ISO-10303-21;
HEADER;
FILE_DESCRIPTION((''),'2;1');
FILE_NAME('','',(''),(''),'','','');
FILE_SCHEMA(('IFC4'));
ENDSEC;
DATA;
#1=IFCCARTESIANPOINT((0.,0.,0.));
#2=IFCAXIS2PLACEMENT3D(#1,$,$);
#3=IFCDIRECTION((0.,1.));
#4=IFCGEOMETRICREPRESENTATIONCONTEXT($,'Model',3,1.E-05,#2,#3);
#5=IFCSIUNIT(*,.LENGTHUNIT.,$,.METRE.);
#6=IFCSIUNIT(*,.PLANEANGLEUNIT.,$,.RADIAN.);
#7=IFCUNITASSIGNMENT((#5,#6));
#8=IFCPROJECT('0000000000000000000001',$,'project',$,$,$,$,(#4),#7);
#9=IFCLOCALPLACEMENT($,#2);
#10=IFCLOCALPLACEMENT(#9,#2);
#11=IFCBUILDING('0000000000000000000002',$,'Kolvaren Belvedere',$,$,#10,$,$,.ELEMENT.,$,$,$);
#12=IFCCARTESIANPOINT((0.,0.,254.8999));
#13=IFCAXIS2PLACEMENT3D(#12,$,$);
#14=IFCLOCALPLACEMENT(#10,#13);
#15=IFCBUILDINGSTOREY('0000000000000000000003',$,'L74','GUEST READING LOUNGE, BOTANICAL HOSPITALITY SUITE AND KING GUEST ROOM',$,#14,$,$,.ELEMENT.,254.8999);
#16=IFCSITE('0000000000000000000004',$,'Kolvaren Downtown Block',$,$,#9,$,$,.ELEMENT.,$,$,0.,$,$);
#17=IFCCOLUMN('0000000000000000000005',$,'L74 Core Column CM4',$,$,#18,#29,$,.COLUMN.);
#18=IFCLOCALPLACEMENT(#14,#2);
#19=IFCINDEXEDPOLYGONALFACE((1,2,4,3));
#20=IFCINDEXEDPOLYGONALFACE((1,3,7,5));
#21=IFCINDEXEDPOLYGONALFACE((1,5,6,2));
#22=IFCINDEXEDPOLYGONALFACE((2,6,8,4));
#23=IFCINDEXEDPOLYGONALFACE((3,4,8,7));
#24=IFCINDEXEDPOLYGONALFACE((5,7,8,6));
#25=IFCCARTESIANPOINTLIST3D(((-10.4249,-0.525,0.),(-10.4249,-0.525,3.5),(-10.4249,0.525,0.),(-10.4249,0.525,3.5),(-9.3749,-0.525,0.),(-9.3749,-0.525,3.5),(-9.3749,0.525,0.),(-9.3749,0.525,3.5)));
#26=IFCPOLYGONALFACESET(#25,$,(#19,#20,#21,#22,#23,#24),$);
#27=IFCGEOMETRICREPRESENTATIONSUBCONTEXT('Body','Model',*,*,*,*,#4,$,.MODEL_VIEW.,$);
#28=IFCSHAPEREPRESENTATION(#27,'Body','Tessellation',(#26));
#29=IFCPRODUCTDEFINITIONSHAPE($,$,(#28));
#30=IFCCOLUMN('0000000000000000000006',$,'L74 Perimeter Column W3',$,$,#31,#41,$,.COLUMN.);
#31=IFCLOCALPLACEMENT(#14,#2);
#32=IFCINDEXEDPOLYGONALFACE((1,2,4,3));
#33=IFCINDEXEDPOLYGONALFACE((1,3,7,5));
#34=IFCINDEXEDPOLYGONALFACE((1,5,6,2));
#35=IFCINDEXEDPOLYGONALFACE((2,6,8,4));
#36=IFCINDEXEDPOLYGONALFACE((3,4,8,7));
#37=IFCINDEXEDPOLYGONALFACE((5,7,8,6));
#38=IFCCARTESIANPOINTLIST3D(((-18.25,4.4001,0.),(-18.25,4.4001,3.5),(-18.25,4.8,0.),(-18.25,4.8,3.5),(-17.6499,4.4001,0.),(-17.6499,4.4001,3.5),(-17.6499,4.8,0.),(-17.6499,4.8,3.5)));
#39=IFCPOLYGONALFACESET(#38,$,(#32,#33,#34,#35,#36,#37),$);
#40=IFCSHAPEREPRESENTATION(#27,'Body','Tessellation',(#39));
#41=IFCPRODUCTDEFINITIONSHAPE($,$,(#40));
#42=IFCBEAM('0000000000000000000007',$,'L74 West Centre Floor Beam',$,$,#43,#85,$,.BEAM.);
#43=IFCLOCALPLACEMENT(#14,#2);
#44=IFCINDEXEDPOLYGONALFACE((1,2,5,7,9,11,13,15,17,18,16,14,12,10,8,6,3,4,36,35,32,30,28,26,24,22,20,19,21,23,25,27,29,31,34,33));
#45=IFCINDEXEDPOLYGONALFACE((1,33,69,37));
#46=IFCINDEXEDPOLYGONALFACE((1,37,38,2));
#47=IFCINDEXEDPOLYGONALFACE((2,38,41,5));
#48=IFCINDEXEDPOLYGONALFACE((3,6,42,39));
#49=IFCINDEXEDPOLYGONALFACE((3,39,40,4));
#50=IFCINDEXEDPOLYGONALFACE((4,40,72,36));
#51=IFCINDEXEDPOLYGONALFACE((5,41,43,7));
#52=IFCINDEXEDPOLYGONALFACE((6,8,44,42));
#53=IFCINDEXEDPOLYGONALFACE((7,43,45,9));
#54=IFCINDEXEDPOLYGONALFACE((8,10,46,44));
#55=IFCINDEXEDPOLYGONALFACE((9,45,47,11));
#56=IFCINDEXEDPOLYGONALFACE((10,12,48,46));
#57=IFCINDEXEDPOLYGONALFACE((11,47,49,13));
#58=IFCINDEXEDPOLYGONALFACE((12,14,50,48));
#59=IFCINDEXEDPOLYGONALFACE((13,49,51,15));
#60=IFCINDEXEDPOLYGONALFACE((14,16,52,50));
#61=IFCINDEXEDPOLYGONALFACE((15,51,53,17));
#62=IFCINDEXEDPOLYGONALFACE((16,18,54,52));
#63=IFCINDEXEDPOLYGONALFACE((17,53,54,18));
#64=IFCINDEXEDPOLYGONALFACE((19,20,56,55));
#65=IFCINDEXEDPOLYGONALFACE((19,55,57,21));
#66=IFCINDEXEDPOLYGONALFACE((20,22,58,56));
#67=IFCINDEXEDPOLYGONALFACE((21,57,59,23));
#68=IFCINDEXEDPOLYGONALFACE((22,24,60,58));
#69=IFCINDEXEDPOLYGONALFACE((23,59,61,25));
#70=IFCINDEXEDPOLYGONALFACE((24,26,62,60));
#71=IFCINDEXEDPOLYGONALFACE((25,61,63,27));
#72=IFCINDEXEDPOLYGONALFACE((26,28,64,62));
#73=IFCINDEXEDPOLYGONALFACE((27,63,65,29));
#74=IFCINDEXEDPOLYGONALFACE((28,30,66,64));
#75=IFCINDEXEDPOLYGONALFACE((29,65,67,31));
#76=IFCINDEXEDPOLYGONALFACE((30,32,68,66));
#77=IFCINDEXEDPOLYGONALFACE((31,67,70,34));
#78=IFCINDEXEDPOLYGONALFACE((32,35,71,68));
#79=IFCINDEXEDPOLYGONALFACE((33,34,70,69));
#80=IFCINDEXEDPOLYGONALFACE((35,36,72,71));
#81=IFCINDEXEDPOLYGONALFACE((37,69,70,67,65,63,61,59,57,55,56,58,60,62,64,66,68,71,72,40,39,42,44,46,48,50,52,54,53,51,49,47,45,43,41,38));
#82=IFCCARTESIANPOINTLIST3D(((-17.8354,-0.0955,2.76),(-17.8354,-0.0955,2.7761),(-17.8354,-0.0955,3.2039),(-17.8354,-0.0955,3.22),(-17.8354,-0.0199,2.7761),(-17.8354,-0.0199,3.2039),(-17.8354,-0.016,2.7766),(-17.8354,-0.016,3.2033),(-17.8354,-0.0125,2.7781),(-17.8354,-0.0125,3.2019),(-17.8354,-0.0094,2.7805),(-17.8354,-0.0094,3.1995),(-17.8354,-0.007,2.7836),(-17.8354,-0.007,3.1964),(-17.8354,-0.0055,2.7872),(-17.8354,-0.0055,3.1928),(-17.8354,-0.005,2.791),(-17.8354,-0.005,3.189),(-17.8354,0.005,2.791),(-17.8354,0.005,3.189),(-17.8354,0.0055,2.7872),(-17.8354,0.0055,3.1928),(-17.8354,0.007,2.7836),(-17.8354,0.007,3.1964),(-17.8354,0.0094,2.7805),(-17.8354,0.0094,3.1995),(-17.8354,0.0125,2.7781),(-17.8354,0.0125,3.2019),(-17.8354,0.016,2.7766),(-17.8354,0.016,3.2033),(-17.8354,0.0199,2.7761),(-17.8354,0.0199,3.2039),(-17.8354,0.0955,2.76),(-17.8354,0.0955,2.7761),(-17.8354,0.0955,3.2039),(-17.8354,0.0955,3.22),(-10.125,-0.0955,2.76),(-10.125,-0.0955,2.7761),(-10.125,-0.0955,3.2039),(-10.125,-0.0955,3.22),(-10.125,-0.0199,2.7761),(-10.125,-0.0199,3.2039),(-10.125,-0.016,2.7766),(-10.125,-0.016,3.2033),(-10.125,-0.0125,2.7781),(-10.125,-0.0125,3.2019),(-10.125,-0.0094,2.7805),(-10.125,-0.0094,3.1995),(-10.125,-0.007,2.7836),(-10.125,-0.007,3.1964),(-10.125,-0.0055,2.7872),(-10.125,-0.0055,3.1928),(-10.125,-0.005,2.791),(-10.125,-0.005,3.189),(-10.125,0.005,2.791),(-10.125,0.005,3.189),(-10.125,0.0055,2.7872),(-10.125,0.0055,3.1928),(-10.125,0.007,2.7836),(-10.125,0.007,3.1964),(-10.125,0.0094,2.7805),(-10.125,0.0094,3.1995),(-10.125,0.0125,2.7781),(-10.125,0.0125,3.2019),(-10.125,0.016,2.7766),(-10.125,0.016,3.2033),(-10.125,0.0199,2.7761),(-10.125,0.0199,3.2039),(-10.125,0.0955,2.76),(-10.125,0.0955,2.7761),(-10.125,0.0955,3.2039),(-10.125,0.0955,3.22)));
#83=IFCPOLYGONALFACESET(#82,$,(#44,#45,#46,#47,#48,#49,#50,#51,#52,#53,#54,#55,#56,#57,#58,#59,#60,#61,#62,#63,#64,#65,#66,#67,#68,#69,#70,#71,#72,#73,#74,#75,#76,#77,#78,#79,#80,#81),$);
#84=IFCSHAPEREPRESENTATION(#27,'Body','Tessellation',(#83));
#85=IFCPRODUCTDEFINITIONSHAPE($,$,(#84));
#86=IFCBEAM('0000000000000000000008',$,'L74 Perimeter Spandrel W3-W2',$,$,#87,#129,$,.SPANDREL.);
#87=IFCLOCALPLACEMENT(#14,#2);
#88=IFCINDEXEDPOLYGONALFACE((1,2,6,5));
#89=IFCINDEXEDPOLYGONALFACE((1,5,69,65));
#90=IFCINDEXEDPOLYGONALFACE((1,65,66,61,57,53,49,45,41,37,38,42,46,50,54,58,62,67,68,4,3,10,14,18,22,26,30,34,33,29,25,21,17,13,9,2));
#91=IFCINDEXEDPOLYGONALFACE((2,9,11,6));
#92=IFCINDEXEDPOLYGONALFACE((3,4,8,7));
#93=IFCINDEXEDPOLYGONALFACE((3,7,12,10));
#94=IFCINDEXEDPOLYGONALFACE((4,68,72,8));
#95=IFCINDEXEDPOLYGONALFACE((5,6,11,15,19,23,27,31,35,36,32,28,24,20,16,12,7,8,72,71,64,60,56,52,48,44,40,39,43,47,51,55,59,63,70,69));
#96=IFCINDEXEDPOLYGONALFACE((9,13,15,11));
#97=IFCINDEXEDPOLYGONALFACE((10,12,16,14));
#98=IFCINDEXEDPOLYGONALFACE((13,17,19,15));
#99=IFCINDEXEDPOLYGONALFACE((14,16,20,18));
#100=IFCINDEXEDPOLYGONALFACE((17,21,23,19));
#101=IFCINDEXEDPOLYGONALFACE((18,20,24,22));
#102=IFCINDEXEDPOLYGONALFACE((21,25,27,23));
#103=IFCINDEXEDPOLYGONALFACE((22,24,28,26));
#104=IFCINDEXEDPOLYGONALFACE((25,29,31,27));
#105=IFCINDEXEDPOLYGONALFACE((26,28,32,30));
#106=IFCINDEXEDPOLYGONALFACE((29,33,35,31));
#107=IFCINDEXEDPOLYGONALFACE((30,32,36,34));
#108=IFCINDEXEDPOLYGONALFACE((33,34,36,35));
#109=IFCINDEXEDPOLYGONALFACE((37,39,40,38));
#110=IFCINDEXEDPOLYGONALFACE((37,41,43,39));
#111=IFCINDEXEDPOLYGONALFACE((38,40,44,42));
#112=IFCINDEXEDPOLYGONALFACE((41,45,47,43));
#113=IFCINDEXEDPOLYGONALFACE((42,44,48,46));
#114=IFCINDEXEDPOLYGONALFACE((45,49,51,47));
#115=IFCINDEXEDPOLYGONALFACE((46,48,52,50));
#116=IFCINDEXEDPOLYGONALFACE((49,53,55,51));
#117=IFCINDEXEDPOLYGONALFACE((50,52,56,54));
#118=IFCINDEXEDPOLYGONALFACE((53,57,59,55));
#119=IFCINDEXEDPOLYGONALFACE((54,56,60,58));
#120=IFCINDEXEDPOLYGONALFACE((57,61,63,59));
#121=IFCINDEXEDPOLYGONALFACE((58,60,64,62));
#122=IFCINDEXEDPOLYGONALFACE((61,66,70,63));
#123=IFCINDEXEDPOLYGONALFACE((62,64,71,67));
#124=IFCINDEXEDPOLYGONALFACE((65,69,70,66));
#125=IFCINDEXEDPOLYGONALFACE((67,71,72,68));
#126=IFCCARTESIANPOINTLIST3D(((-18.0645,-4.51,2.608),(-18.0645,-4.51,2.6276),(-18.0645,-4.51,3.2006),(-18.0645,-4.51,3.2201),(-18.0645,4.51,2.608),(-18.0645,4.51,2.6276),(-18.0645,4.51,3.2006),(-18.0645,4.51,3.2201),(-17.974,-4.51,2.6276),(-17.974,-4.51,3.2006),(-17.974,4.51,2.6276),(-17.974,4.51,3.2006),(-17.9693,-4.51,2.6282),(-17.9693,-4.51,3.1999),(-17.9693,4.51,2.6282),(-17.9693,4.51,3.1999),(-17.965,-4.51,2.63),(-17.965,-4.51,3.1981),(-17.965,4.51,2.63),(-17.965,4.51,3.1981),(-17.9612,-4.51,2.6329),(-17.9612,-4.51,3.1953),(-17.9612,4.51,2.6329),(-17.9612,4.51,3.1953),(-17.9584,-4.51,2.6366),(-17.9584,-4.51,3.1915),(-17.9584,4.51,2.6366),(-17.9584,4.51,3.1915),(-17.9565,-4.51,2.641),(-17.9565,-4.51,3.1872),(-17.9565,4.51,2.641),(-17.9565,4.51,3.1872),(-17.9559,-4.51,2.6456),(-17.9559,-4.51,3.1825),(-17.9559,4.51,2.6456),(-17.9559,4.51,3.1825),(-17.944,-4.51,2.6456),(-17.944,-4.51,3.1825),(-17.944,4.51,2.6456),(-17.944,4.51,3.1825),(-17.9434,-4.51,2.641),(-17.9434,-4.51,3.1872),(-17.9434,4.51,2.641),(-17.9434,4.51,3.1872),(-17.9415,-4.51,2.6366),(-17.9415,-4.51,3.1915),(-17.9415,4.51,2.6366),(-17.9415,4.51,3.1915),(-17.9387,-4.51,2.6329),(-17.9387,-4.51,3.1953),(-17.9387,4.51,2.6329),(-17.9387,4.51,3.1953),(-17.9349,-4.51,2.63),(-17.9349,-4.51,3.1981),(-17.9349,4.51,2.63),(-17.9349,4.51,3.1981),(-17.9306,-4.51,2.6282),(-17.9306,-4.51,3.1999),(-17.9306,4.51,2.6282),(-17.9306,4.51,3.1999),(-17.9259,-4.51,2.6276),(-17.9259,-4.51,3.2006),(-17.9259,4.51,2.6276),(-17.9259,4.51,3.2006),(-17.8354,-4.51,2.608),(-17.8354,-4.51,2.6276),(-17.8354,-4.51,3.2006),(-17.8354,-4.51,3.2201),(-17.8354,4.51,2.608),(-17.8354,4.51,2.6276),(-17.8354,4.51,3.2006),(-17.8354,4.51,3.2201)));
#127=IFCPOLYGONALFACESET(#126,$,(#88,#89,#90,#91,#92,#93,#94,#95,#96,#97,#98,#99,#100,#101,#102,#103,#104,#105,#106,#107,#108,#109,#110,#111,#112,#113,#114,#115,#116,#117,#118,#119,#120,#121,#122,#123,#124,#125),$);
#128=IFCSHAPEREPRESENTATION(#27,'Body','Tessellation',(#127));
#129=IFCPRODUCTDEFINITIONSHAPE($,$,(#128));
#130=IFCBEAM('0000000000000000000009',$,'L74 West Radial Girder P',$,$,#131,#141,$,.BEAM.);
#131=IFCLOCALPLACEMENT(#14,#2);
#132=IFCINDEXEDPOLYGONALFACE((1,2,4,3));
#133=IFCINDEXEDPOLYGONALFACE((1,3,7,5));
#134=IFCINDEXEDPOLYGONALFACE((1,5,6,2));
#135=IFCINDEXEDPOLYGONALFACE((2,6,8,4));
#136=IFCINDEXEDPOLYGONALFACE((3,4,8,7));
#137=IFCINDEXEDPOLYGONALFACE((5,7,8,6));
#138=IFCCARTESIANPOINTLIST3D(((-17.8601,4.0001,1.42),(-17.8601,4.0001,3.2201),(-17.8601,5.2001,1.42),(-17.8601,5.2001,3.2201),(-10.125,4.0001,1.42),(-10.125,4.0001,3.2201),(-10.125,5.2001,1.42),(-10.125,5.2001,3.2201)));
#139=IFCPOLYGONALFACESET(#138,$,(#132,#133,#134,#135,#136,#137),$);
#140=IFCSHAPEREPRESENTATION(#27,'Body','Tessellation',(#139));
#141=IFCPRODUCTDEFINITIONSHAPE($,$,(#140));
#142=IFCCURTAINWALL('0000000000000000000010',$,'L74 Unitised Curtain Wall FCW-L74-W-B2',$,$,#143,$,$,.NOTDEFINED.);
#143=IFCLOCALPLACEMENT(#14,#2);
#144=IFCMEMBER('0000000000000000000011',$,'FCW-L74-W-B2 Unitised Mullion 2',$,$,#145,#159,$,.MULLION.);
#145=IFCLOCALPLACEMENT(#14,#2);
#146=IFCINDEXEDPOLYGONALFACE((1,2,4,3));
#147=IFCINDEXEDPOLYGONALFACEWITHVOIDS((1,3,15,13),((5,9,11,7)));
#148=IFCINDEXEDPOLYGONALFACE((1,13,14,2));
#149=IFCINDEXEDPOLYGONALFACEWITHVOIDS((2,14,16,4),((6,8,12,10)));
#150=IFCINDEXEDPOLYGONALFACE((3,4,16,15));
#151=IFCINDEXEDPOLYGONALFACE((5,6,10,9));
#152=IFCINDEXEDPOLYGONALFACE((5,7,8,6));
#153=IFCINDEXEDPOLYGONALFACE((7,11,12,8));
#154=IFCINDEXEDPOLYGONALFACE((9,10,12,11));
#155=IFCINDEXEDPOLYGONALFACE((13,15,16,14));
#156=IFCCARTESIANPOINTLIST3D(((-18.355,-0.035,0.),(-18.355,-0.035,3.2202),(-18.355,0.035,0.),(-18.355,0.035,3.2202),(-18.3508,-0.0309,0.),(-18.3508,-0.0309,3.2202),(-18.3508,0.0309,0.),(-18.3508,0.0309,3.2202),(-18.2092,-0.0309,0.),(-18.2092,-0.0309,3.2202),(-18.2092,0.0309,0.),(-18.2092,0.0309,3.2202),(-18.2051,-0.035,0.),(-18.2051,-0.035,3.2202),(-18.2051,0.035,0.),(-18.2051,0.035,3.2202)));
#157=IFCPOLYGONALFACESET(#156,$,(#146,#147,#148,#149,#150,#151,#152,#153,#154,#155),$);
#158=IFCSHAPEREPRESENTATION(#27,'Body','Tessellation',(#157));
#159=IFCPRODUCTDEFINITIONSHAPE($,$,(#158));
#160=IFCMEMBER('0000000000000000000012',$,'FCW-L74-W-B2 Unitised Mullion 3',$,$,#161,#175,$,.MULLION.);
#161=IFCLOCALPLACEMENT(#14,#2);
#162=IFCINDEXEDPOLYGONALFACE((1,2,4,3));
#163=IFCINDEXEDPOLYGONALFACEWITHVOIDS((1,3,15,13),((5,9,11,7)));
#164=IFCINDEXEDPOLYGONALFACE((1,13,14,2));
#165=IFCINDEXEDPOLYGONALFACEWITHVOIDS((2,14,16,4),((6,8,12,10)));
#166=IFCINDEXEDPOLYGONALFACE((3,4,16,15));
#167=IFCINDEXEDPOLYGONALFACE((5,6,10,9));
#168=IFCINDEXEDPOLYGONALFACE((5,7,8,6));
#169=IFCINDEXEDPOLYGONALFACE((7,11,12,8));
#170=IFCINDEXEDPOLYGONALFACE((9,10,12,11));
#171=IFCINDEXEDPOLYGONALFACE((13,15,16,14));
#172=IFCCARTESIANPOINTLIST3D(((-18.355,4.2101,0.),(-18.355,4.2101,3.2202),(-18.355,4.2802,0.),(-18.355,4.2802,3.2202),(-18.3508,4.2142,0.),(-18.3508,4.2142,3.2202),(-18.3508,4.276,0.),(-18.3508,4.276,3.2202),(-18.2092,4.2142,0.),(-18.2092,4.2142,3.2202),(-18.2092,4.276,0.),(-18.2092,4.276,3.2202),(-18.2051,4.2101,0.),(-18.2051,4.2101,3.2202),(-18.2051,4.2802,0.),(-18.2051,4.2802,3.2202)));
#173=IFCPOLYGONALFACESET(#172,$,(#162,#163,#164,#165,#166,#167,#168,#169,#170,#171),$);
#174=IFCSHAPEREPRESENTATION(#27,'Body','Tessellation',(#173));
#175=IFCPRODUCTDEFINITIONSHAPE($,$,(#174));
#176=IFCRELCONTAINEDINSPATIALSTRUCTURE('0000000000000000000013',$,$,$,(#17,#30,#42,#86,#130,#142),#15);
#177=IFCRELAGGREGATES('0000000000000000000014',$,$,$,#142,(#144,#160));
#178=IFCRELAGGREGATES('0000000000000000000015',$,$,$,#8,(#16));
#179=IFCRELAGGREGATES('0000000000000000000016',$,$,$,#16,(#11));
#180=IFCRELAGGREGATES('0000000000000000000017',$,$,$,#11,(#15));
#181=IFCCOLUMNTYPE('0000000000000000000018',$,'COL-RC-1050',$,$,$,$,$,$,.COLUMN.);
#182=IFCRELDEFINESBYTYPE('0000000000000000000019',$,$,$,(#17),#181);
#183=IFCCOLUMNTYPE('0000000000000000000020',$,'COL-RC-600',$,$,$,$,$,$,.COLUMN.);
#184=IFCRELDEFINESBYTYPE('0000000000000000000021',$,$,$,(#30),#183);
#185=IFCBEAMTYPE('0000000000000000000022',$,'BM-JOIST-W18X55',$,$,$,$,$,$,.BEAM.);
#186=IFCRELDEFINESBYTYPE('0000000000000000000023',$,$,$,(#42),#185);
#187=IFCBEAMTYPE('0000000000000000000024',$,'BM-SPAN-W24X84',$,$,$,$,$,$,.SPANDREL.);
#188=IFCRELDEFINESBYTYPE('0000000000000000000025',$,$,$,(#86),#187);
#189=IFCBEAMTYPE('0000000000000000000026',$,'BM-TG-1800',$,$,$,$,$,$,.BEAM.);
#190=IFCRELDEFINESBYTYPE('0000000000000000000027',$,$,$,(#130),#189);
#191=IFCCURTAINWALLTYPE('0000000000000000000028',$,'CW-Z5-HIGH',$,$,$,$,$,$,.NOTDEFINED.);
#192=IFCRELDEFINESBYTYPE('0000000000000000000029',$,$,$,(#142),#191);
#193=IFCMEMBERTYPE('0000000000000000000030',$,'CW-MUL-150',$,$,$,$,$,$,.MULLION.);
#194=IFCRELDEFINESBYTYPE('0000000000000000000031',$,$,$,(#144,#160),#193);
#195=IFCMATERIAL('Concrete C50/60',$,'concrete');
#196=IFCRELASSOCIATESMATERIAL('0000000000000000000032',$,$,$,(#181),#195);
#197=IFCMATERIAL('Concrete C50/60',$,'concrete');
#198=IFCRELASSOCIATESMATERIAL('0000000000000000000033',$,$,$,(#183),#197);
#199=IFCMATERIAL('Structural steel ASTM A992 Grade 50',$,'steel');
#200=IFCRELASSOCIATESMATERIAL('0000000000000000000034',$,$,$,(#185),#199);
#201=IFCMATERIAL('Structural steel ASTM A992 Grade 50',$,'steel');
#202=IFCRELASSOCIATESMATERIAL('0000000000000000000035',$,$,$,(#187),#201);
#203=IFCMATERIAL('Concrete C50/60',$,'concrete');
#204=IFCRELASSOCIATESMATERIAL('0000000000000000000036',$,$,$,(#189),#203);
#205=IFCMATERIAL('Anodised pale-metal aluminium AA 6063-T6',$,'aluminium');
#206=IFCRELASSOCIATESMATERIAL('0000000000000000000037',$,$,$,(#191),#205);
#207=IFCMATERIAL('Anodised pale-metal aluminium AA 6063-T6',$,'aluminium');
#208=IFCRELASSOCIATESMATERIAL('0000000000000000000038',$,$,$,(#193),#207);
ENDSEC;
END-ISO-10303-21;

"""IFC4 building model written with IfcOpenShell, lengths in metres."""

from ifc_helpers import new_model, si_unit, direction, frame, origin, origin_2d, place, context, subcontext, project, spatial, rectangle, hollow_rectangle, i_section, extrude, material, material_profile, profile_set, type_object, element, aggregate, save


model = new_model("IFC4")

# Units and contexts
model_context = context("Model", 3, precision=1e-05, world=origin(), true_north=direction((0.0, 1.0)))
body_context = subcontext(model_context, "Body", "Model", "MODEL_VIEW")
ifc_project = project(units=[si_unit("LENGTHUNIT", "METRE"), si_unit("PLANEANGLEUNIT", "RADIAN")], contexts=[model_context])

# Site, building, storey
site_placement = place(None, origin())
site = spatial("IfcSite", under=ifc_project, at=site_placement, Name="Kolvaren Downtown Block", CompositionType="ELEMENT", RefElevation=0.0)
building_placement = place(site_placement, origin())
building = spatial("IfcBuilding", under=site, at=building_placement, Name="Kolvaren Belvedere", CompositionType="ELEMENT")
storey_placement = place(building_placement, frame((0.0, 0.0, 254.8999)))
storey = spatial("IfcBuildingStorey", under=building, at=storey_placement, Name="L74", Description="GUEST READING LOUNGE, BOTANICAL HOSPITALITY SUITE AND KING GUEST ROOM", CompositionType="ELEMENT", Elevation=254.8999)

# Columns
ifc_material_1 = material(Name="Concrete C50/60", Category="concrete")
ifc_material_profile_1 = material_profile(ifc_material_1, rectangle(XDim=1.05, YDim=1.05, at=origin_2d()), Name="RC 1050X1050")
ifc_profile_set_1 = profile_set([ifc_material_profile_1], Name="Concrete C50/60")
column_type_1 = type_object("IfcColumnType", Name="COL-RC-1050", PredefinedType="COLUMN", material=ifc_profile_set_1)
column_1_placement = place(storey_placement, frame((-9.8999, 0.0, 0.0), z_axis=(0.0, 0.0, 1.0), x_axis=(1.0, 0.0, 0.0)))
element("IfcColumn", 1, at=column_1_placement, inside=storey, type_object=column_type_1, Name="L74 Core Column CM4", PredefinedType="COLUMN", context=body_context, shape_type="SweptSolid", body=[
    extrude(rectangle(XDim=1.05, YDim=1.05, at=origin_2d()), origin(), (0.0, 0.0, 1.0), 3.5),
])
ifc_material_2 = material(Name="Concrete C50/60", Category="concrete")
ifc_material_profile_2 = material_profile(ifc_material_2, rectangle(XDim=0.6001, YDim=0.3999, at=origin_2d()), Name="RC 600X400")
ifc_profile_set_2 = profile_set([ifc_material_profile_2], Name="Concrete C50/60")
column_type_2 = type_object("IfcColumnType", Name="COL-RC-600", PredefinedType="COLUMN", material=ifc_profile_set_2)
column_2_placement = place(storey_placement, frame((-17.95, 4.6001, 0.0), z_axis=(0.0, 0.0, 1.0), x_axis=(1.0, 0.0, 0.0)))
element("IfcColumn", 2, at=column_2_placement, inside=storey, type_object=column_type_2, Name="L74 Perimeter Column W3", PredefinedType="COLUMN", context=body_context, shape_type="SweptSolid", body=[
    extrude(rectangle(XDim=0.6001, YDim=0.3999, at=origin_2d()), origin(), (0.0, 0.0, 1.0), 3.5),
])

# Beams
ifc_material_3 = material(Name="Structural steel ASTM A992 Grade 50", Category="steel")
ifc_material_profile_3 = material_profile(ifc_material_3, i_section(OverallWidth=0.1909, OverallDepth=0.46, WebThickness=0.01, FlangeThickness=0.0161, FilletRadius=0.0149, at=origin_2d()), Name="W18X55")
ifc_profile_set_3 = profile_set([ifc_material_profile_3], Name="Structural steel ASTM A992 Grade 50")
beam_type_1 = type_object("IfcBeamType", Name="BM-JOIST-W18X55", PredefinedType="BEAM", material=ifc_profile_set_3)
beam_1_placement = place(storey_placement, frame((-10.125, 0.0, 2.99), z_axis=(-1.0, 0.0, 0.0), x_axis=(0.0, -1.0, 0.0)))
element("IfcBeam", 3, at=beam_1_placement, inside=storey, type_object=beam_type_1, Name="L74 West Centre Floor Beam", PredefinedType="BEAM", context=body_context, shape_type="SweptSolid", body=[
    extrude(i_section(OverallWidth=0.1909, OverallDepth=0.46, WebThickness=0.01, FlangeThickness=0.0161, FilletRadius=0.0149, at=origin_2d()), origin(), (0.0, 0.0, 1.0), 7.7104),
])
ifc_material_4 = material(Name="Structural steel ASTM A992 Grade 50", Category="steel")
ifc_material_profile_4 = material_profile(ifc_material_4, i_section(OverallWidth=0.229, OverallDepth=0.6121, WebThickness=0.012, FlangeThickness=0.0195, FilletRadius=0.0181, at=origin_2d()), Name="W24X84")
ifc_profile_set_4 = profile_set([ifc_material_profile_4], Name="Structural steel ASTM A992 Grade 50")
beam_type_2 = type_object("IfcBeamType", Name="BM-SPAN-W24X84", PredefinedType="SPANDREL", material=ifc_profile_set_4)
beam_2_placement = place(storey_placement, frame((-17.95, 4.51, 2.9141), z_axis=(0.0, -1.0, 0.0), x_axis=(1.0, 0.0, 0.0)))
element("IfcBeam", 4, at=beam_2_placement, inside=storey, type_object=beam_type_2, Name="L74 Perimeter Spandrel W3-W2", PredefinedType="SPANDREL", context=body_context, shape_type="SweptSolid", body=[
    extrude(i_section(OverallWidth=0.229, OverallDepth=0.6121, WebThickness=0.012, FlangeThickness=0.0195, FilletRadius=0.0181, at=origin_2d()), origin(), (0.0, 0.0, 1.0), 9.02),
])
ifc_material_5 = material(Name="Concrete C50/60", Category="concrete")
ifc_material_profile_5 = material_profile(ifc_material_5, rectangle(XDim=1.2, YDim=1.8, at=origin_2d()), Name="RC 1200X1800")
ifc_profile_set_5 = profile_set([ifc_material_profile_5], Name="Concrete C50/60")
beam_type_3 = type_object("IfcBeamType", Name="BM-TG-1800", PredefinedType="BEAM", material=ifc_profile_set_5)
beam_3_placement = place(storey_placement, frame((-10.125, 4.6001, 2.3201), z_axis=(-1.0, 0.0, 0.0), x_axis=(0.0, -1.0, 0.0)))
element("IfcBeam", 5, at=beam_3_placement, inside=storey, type_object=beam_type_3, Name="L74 West Radial Girder P", PredefinedType="BEAM", context=body_context, shape_type="SweptSolid", body=[
    extrude(rectangle(XDim=1.2, YDim=1.8, at=origin_2d()), origin(), (0.0, 0.0, 1.0), 7.7351),
])

# Curtain wall, members
ifc_material_6 = material(Name="Anodised pale-metal aluminium AA 6063-T6", Category="aluminium")
curtain_wall_type = type_object("IfcCurtainWallType", Name="CW-Z5-HIGH", PredefinedType="NOTDEFINED", material=ifc_material_6)
curtain_wall_1_placement = place(storey_placement, origin())
curtain_wall_1 = element("IfcCurtainWall", 6, at=curtain_wall_1_placement, inside=storey, type_object=curtain_wall_type, Name="L74 Unitised Curtain Wall FCW-L74-W-B2", PredefinedType="NOTDEFINED")
ifc_material_7 = material(Name="Anodised pale-metal aluminium AA 6063-T6", Category="aluminium")
ifc_material_profile_6 = material_profile(ifc_material_7, hollow_rectangle(XDim=0.0701, YDim=0.1499, WallThickness=0.0042, at=origin_2d()), Name="ALU-MUL-150X70")
ifc_profile_set_6 = profile_set([ifc_material_profile_6], Name="Anodised pale-metal aluminium AA 6063-T6")
member_type_1 = type_object("IfcMemberType", Name="CW-MUL-150", PredefinedType="MULLION", material=ifc_profile_set_6)
member_1_placement = place(storey_placement, frame((-18.28, 0.0, 0.0), z_axis=(0.0, 0.0, 1.0), x_axis=(0.0, 1.0, 0.0)))
member_1 = element("IfcMember", 7, at=member_1_placement, type_object=member_type_1, Name="FCW-L74-W-B2 Unitised Mullion 2", PredefinedType="MULLION", context=body_context, shape_type="SweptSolid", body=[
    extrude(hollow_rectangle(XDim=0.0701, YDim=0.1499, WallThickness=0.0042, at=origin_2d()), origin(), (0.0, 0.0, 1.0), 3.2202),
])
member_2_placement = place(storey_placement, frame((-18.28, 4.2451, 0.0), z_axis=(0.0, 0.0, 1.0), x_axis=(0.0, 1.0, 0.0)))
member_2 = element("IfcMember", 8, at=member_2_placement, type_object=member_type_1, Name="FCW-L74-W-B2 Unitised Mullion 3", PredefinedType="MULLION", context=body_context, shape_type="SweptSolid", body=[
    extrude(hollow_rectangle(XDim=0.0701, YDim=0.1499, WallThickness=0.0042, at=origin_2d()), origin(), (0.0, 0.0, 1.0), 3.2202),
])

aggregate(curtain_wall_1, [member_1, member_2])

save(model, "model.ifc")
